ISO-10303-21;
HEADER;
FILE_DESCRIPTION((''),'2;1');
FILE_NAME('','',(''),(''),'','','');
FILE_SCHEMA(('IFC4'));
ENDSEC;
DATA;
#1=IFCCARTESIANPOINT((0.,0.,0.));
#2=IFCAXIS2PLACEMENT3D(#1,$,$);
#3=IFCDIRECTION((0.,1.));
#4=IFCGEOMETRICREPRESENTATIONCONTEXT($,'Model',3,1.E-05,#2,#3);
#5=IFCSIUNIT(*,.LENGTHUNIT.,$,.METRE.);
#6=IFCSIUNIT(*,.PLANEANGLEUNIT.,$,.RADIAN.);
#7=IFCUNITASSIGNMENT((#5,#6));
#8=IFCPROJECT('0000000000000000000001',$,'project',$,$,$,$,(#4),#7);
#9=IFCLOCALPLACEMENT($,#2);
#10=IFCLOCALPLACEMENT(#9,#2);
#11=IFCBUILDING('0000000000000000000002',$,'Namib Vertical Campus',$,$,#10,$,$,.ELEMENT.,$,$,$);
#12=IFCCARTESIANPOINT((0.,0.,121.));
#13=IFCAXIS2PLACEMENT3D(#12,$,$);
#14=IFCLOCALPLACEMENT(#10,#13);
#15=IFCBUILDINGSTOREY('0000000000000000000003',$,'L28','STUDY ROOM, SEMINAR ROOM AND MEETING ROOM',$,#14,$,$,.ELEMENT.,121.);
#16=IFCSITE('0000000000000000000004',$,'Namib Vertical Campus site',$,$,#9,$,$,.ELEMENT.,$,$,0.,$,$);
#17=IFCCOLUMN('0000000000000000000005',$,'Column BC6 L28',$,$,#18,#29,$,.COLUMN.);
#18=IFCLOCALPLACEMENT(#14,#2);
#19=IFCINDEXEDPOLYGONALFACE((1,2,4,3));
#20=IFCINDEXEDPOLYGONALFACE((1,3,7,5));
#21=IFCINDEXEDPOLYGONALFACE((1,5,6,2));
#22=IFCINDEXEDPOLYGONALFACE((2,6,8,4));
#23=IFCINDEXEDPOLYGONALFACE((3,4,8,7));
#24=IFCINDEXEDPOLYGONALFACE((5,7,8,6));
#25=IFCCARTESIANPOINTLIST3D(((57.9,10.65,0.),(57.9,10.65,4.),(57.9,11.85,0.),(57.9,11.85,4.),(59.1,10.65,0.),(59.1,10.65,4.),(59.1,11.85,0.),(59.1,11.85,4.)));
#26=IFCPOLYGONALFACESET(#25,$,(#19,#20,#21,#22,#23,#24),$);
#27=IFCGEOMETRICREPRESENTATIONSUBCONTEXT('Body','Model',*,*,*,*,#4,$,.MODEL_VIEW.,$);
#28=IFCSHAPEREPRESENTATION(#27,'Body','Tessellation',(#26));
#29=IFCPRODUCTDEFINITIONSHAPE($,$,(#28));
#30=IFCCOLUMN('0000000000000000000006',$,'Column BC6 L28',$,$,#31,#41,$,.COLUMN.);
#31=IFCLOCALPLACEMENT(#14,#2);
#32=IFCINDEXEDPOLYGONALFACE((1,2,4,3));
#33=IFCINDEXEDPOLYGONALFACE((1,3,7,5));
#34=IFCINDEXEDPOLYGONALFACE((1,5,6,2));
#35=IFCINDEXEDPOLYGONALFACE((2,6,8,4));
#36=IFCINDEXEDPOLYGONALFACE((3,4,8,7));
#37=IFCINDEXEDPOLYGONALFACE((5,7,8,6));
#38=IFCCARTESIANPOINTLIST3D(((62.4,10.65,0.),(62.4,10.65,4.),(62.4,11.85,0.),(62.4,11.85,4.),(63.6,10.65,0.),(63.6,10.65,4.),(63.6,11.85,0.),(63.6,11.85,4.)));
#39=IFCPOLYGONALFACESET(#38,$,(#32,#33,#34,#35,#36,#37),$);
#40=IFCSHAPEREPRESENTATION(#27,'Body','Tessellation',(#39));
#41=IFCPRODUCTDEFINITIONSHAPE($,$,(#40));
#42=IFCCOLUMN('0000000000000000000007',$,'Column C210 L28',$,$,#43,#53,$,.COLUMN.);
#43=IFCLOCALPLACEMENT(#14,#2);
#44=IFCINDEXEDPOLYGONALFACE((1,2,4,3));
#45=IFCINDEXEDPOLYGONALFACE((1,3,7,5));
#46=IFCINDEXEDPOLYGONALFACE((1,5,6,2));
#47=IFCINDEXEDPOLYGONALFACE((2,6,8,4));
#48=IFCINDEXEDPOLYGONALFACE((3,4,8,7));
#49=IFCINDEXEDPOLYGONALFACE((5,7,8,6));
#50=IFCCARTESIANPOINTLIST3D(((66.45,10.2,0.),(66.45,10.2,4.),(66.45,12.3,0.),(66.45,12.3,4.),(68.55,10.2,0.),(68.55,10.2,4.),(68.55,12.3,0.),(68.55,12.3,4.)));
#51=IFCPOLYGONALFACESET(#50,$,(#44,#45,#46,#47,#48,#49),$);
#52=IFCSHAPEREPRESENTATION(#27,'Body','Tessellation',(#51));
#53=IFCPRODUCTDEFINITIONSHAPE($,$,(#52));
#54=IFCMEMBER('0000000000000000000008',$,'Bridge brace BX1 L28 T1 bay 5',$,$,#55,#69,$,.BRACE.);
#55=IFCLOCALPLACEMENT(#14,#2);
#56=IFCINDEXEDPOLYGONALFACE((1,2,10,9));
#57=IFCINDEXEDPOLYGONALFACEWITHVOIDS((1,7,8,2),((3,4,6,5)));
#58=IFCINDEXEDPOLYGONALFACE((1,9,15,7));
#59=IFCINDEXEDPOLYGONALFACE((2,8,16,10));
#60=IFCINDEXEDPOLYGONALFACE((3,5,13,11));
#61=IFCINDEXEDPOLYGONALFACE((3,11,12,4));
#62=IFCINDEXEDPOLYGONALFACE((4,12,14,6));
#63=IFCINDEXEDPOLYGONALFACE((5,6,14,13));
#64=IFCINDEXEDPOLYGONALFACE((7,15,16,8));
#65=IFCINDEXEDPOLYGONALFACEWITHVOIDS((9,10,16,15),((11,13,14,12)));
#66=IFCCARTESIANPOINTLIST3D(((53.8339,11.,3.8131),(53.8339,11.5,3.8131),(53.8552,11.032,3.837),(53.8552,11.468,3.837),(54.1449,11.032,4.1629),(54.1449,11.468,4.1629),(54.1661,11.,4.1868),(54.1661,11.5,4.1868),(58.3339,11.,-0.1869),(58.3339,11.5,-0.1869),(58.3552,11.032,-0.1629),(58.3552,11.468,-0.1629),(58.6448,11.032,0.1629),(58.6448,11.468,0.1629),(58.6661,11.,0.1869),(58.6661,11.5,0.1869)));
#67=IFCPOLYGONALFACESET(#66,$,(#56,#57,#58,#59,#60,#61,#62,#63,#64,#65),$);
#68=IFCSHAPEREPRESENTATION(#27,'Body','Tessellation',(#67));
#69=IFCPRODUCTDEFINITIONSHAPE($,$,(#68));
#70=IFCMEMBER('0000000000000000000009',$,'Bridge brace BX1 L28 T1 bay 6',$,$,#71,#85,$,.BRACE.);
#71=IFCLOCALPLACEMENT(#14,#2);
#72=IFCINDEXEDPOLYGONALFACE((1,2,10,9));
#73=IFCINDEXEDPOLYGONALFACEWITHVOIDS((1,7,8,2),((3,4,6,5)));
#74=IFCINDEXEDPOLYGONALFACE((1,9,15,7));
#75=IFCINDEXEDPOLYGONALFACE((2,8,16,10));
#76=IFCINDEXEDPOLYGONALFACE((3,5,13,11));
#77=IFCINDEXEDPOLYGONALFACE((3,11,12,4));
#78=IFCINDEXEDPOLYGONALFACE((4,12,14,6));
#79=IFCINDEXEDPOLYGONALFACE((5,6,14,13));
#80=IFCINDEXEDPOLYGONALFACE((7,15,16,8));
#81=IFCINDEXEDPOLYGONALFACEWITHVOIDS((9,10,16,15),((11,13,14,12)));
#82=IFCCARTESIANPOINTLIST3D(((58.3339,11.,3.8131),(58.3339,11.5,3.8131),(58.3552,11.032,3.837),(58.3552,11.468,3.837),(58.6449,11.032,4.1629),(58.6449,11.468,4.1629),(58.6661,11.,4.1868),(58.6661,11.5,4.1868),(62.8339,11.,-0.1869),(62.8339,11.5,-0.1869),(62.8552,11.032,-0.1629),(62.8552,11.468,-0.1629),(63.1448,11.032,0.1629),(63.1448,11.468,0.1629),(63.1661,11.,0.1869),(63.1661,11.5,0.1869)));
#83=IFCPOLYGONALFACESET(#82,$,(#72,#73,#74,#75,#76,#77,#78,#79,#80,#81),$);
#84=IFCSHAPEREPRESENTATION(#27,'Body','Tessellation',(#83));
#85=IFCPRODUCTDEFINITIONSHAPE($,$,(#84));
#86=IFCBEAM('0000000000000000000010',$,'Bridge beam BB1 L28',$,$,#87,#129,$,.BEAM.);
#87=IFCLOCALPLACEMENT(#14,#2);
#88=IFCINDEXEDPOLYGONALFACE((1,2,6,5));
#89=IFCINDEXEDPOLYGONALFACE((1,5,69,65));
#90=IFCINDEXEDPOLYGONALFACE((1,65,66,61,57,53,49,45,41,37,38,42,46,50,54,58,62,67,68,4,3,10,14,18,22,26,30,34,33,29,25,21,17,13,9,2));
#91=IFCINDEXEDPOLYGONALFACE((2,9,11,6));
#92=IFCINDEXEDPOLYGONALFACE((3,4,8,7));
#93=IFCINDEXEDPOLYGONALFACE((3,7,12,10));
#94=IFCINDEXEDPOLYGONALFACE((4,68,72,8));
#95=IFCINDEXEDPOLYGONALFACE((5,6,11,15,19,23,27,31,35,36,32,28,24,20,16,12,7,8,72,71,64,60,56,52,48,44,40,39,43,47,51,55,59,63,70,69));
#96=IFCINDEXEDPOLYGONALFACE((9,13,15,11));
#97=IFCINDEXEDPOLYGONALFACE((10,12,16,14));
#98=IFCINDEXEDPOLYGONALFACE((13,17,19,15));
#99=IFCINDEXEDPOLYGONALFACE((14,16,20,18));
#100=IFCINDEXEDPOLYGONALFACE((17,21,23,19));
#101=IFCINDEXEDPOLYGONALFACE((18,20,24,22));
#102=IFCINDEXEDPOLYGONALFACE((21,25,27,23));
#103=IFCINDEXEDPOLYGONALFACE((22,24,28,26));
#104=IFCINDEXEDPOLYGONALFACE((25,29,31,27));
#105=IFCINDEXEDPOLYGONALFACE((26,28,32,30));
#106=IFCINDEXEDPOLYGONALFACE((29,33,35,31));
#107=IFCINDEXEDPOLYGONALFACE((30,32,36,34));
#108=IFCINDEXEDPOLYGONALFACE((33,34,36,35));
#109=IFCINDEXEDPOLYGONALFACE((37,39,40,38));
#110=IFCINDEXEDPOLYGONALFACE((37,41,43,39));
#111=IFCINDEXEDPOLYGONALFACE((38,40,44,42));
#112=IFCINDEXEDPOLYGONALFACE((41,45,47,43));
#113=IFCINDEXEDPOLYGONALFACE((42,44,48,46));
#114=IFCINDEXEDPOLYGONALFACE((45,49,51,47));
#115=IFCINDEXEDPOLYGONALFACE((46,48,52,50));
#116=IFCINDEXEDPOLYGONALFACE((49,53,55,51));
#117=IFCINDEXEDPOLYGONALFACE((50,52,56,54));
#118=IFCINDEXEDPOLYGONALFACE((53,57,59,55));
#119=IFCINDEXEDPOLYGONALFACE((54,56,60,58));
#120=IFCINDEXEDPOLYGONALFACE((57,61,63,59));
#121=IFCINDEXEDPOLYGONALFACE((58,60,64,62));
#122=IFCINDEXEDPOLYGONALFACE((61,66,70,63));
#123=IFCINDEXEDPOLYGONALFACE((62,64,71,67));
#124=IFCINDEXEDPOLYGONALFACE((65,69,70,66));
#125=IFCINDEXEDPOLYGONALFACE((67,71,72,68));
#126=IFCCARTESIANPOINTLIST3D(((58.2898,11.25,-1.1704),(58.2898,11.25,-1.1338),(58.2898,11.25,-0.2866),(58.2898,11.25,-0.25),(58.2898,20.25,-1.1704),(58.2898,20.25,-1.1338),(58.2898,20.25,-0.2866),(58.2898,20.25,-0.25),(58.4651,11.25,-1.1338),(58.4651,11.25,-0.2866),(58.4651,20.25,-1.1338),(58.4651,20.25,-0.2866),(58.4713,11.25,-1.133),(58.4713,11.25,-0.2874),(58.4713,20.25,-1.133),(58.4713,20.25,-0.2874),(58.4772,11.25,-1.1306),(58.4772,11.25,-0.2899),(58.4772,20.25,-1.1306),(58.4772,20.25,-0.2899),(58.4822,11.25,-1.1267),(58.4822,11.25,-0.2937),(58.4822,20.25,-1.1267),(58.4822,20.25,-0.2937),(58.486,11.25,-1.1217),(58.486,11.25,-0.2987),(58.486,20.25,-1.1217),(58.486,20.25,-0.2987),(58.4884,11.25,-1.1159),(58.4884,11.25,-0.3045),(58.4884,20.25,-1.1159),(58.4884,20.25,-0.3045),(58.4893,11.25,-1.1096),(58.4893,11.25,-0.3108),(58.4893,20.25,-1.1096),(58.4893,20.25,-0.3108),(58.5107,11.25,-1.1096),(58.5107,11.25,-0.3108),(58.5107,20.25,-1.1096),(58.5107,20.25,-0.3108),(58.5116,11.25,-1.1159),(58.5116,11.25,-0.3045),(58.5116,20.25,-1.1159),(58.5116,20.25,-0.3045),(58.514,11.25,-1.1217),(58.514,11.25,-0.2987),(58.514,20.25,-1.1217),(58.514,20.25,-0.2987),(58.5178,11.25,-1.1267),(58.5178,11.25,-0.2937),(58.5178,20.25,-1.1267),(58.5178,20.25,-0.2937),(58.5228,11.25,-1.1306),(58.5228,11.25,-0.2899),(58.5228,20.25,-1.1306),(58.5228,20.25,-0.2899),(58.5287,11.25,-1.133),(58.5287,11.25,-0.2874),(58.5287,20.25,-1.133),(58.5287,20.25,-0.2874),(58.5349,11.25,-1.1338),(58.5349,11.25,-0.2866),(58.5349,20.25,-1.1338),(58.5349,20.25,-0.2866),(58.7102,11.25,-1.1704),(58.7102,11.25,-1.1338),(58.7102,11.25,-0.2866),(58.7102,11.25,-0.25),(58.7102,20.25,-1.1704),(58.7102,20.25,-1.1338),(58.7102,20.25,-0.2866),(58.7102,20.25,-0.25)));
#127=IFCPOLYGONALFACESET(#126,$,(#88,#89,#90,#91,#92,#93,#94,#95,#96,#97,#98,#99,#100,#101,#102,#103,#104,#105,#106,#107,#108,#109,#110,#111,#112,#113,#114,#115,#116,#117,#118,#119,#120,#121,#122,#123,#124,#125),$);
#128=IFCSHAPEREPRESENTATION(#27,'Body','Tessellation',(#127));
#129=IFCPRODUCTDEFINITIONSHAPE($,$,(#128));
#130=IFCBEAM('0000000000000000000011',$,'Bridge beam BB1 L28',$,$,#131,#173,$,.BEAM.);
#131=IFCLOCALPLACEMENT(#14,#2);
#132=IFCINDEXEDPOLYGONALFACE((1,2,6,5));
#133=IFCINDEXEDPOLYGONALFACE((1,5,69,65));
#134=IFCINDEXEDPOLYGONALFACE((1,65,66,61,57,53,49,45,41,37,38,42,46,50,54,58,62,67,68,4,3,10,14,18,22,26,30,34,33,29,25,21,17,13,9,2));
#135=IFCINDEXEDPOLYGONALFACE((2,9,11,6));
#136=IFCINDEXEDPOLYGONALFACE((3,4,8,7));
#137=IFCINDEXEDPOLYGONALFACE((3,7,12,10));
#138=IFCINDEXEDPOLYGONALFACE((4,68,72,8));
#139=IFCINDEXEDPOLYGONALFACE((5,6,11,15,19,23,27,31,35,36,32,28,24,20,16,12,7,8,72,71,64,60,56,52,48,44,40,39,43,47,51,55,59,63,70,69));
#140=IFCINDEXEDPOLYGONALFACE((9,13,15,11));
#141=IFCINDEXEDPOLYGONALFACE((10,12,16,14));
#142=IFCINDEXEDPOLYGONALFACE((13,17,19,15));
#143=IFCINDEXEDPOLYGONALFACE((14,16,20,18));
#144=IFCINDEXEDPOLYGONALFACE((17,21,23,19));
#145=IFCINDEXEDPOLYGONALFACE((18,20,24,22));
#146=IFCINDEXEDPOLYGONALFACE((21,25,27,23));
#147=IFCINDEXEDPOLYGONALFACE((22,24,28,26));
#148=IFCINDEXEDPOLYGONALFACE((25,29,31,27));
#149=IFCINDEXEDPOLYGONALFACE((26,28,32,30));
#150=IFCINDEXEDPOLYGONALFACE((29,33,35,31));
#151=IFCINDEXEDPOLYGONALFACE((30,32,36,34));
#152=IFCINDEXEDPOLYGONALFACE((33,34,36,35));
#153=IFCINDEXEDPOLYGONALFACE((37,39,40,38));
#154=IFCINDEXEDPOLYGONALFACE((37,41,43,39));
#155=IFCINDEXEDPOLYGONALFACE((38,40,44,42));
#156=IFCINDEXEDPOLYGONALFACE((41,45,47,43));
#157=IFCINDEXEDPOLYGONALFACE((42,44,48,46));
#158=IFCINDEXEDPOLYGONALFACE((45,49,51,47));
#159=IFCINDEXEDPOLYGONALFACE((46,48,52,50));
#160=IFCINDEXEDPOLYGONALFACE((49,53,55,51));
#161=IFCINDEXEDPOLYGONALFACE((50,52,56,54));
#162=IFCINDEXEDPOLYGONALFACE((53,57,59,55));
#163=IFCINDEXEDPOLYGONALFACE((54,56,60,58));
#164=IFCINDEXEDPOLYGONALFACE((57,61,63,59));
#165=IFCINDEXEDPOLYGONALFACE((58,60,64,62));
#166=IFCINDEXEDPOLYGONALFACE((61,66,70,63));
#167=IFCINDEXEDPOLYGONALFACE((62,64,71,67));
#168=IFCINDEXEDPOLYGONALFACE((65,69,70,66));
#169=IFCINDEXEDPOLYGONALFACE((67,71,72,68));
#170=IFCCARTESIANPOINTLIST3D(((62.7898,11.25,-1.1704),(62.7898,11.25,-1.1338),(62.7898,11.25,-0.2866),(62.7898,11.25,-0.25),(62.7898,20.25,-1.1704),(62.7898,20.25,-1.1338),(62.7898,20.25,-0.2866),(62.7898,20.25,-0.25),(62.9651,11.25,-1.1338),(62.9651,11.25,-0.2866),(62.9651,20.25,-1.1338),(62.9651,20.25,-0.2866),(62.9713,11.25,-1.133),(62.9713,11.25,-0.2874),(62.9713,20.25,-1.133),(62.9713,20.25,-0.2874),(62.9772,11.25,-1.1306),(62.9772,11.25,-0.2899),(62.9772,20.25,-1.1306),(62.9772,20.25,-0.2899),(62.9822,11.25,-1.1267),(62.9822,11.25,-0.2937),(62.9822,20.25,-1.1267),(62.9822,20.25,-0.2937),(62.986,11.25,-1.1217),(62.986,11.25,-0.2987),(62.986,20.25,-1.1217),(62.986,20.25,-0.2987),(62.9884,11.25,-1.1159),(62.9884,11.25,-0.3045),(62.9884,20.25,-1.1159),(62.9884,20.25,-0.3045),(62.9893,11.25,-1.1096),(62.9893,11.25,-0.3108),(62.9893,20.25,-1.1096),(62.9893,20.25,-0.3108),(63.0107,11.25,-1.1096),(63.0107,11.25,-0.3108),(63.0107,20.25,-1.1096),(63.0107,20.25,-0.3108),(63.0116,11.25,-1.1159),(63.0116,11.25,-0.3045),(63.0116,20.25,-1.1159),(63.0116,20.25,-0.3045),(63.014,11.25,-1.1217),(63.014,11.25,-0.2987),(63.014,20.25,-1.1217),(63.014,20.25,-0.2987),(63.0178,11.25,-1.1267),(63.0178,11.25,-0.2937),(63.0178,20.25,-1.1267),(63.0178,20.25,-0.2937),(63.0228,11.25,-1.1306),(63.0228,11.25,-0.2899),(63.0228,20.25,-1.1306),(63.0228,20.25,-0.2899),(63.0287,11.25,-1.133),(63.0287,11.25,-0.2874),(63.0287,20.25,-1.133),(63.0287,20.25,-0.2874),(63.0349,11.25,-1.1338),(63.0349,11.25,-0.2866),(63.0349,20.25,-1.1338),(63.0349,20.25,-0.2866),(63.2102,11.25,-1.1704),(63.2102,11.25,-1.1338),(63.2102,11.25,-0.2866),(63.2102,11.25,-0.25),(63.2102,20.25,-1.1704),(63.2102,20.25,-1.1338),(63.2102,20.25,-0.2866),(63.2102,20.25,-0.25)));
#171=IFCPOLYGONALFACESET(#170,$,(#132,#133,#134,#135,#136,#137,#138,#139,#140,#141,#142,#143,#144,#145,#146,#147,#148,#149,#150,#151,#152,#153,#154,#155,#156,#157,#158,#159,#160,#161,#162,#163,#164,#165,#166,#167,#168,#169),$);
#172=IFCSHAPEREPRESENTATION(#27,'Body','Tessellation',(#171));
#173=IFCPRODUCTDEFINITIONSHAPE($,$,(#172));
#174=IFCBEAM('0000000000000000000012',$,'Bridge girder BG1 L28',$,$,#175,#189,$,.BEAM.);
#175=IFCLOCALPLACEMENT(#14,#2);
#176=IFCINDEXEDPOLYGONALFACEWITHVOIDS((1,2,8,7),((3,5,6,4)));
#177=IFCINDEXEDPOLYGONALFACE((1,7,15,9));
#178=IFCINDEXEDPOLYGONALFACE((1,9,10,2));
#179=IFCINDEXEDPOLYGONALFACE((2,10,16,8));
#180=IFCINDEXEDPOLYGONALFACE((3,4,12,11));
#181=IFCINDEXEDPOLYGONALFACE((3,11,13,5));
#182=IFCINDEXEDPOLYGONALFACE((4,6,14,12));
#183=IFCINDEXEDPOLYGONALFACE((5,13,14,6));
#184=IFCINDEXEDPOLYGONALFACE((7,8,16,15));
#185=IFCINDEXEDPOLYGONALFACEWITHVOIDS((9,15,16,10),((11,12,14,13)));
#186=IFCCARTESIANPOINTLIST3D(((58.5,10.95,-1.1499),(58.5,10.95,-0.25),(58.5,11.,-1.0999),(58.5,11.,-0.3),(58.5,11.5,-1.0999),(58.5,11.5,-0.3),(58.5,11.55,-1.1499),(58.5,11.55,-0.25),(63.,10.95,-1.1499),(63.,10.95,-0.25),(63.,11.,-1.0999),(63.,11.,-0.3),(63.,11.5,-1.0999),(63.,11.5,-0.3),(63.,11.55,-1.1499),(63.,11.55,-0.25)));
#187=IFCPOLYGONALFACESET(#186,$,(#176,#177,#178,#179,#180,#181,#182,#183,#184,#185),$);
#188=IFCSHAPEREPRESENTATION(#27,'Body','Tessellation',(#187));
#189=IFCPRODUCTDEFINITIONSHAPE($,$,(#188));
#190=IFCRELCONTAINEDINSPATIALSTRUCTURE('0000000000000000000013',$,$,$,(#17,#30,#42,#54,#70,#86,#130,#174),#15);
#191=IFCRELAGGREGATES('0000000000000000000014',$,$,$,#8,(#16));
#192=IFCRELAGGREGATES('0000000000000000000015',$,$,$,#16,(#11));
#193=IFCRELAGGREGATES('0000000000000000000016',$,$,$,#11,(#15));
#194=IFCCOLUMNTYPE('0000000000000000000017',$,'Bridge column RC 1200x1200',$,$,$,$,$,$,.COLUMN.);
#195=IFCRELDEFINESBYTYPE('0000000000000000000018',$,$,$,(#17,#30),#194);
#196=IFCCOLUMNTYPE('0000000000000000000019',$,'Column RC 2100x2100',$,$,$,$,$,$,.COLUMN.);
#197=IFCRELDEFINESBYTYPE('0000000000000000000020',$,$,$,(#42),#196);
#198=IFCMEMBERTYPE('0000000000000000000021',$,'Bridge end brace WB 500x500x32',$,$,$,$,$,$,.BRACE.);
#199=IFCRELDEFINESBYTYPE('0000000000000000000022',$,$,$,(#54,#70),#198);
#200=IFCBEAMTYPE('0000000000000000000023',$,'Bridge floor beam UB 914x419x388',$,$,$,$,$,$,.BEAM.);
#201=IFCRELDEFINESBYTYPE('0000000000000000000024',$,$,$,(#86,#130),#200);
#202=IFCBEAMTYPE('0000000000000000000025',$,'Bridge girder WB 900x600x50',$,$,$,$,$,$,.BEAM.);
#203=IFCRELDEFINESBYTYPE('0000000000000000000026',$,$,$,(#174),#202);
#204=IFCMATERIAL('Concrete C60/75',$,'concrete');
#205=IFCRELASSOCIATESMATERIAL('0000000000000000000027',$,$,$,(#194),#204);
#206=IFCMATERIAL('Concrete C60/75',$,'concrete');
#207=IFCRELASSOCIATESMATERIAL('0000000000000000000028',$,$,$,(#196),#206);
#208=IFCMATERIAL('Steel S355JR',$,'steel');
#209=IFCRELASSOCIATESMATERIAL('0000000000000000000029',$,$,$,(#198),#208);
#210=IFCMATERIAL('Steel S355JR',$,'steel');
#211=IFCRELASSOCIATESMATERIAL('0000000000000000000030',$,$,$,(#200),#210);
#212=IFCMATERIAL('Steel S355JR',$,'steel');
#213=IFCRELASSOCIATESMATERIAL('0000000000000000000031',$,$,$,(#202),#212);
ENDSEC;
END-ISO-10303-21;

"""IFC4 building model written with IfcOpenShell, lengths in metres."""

from ifc_helpers import new_model, si_unit, direction, frame, origin, origin_2d, place, context, subcontext, project, spatial, rectangle, hollow_rectangle, i_section, extrude, material, material_profile, profile_set, type_object, element, save


model = new_model("IFC4")

# Units and contexts
model_context = context("Model", 3, precision=1e-05, world=origin(), true_north=direction((0.0, 1.0)))
body_context = subcontext(model_context, "Body", "Model", "MODEL_VIEW")
ifc_project = project(units=[si_unit("LENGTHUNIT", "METRE"), si_unit("PLANEANGLEUNIT", "RADIAN")], contexts=[model_context])

# Site, building, storey
site_placement = place(None, origin())
site = spatial("IfcSite", under=ifc_project, at=site_placement, Name="Namib Vertical Campus site", CompositionType="ELEMENT", RefElevation=0.0)
building_placement = place(site_placement, origin())
building = spatial("IfcBuilding", under=site, at=building_placement, Name="Namib Vertical Campus", CompositionType="ELEMENT")
storey_placement = place(building_placement, frame((0.0, 0.0, 121.0)))
storey = spatial("IfcBuildingStorey", under=building, at=storey_placement, Name="L28", Description="STUDY ROOM, SEMINAR ROOM AND MEETING ROOM", CompositionType="ELEMENT", Elevation=121.0)

# Columns
ifc_material_1 = material(Name="Concrete C60/75", Category="concrete")
ifc_material_profile_1 = material_profile(ifc_material_1, rectangle(XDim=1.2, YDim=1.2, at=origin_2d()))
ifc_profile_set_1 = profile_set([ifc_material_profile_1], Name="Concrete C60/75")
column_type_1 = type_object("IfcColumnType", Name="Bridge column RC 1200x1200", PredefinedType="COLUMN", material=ifc_profile_set_1)
for number, where, z_axis, x_axis, name in (
    (1, (58.5, 11.25, 0.0), (0.0, 0.0, 1.0), (1.0, 0.0, 0.0), "Column BC6 L28"),
    (2, (63.0, 11.25, 0.0), (0.0, 0.0, 1.0), (1.0, 0.0, 0.0), "Column BC6 L28"),
):
    element("IfcColumn", number, at=place(storey_placement, frame(where, z_axis=z_axis, x_axis=x_axis)), inside=storey, type_object=column_type_1, Name=name, PredefinedType="COLUMN", context=body_context, shape_type="SweptSolid", body=[
        extrude(rectangle(XDim=1.2, YDim=1.2, at=origin_2d()), origin(), (0.0, 0.0, 1.0), 4.0),
    ])
ifc_material_2 = material(Name="Concrete C60/75", Category="concrete")
ifc_material_profile_2 = material_profile(ifc_material_2, rectangle(XDim=2.1001, YDim=2.1001, at=origin_2d()))
ifc_profile_set_2 = profile_set([ifc_material_profile_2], Name="Concrete C60/75")
column_type_2 = type_object("IfcColumnType", Name="Column RC 2100x2100", PredefinedType="COLUMN", material=ifc_profile_set_2)
column_placement = place(storey_placement, frame((67.5, 11.25, 0.0), z_axis=(0.0, 0.0, 1.0), x_axis=(1.0, 0.0, 0.0)))
element("IfcColumn", 3, at=column_placement, inside=storey, type_object=column_type_2, Name="Column C210 L28", PredefinedType="COLUMN", context=body_context, shape_type="SweptSolid", body=[
    extrude(rectangle(XDim=2.1001, YDim=2.1001, at=origin_2d()), origin(), (0.0, 0.0, 1.0), 4.0),
])

# Members
ifc_material_3 = material(Name="Steel S355JR", Category="steel")
ifc_material_profile_3 = material_profile(ifc_material_3, hollow_rectangle(XDim=0.5, YDim=0.5, WallThickness=0.032, at=origin_2d()))
ifc_profile_set_3 = profile_set([ifc_material_profile_3], Name="Steel S355JR")
member_type_1 = type_object("IfcMemberType", Name="Bridge end brace WB 500x500x32", PredefinedType="BRACE", material=ifc_profile_set_3)
for number, where, z_axis, x_axis, name in (
    (4, (58.5, 11.25, 0.0), (-0.747409, 0.0, 0.664364), (0.0, -1.0, 0.0), "Bridge brace BX1 L28 T1 bay 5"),
    (5, (63.0, 11.25, 0.0), (-0.747409, 0.0, 0.664364), (0.0, -1.0, 0.0), "Bridge brace BX1 L28 T1 bay 6"),
):
    element("IfcMember", number, at=place(storey_placement, frame(where, z_axis=z_axis, x_axis=x_axis)), inside=storey, type_object=member_type_1, Name=name, PredefinedType="BRACE", context=body_context, shape_type="SweptSolid", body=[
        extrude(hollow_rectangle(XDim=0.5, YDim=0.5, WallThickness=0.032, at=origin_2d()), origin(), (0.0, 0.0, 1.0), 6.0208),
    ])

# Beams
ifc_material_4 = material(Name="Steel S355JR", Category="steel")
ifc_material_profile_4 = material_profile(ifc_material_4, i_section(OverallWidth=0.4204, OverallDepth=0.9204, WebThickness=0.0215, FlangeThickness=0.0366, FilletRadius=0.0242, at=origin_2d()))
ifc_profile_set_4 = profile_set([ifc_material_profile_4], Name="Steel S355JR")
beam_type_1 = type_object("IfcBeamType", Name="Bridge floor beam UB 914x419x388", PredefinedType="BEAM", material=ifc_profile_set_4)
for number, where, z_axis, x_axis, name in (
    (6, (58.5, 11.25, -0.7102), (0.0, 1.0, 0.0), (-1.0, 0.0, 0.0), "Bridge beam BB1 L28"),
    (7, (63.0, 11.25, -0.7102), (0.0, 1.0, 0.0), (-1.0, 0.0, 0.0), "Bridge beam BB1 L28"),
):
    element("IfcBeam", number, at=place(storey_placement, frame(where, z_axis=z_axis, x_axis=x_axis)), inside=storey, type_object=beam_type_1, Name=name, PredefinedType="BEAM", context=body_context, shape_type="SweptSolid", body=[
        extrude(i_section(OverallWidth=0.4204, OverallDepth=0.9204, WebThickness=0.0215, FlangeThickness=0.0366, FilletRadius=0.0242, at=origin_2d()), origin(), (0.0, 0.0, 1.0), 9.0),
    ])
ifc_material_5 = material(Name="Steel S355JR", Category="steel")
ifc_material_profile_5 = material_profile(ifc_material_5, hollow_rectangle(XDim=0.6001, YDim=0.8999, WallThickness=0.05, at=origin_2d()))
ifc_profile_set_5 = profile_set([ifc_material_profile_5], Name="Steel S355JR")
beam_type_2 = type_object("IfcBeamType", Name="Bridge girder WB 900x600x50", PredefinedType="BEAM", material=ifc_profile_set_5)
for number, where, z_axis, x_axis, name in (
    (8, (58.5, 11.25, -0.7), (1.0, 0.0, 0.0), (0.0, 1.0, 0.0), "Bridge girder BG1 L28"),
):
    element("IfcBeam", number, at=place(storey_placement, frame(where, z_axis=z_axis, x_axis=x_axis)), inside=storey, type_object=beam_type_2, Name=name, PredefinedType="BEAM", context=body_context, shape_type="SweptSolid", body=[
        extrude(hollow_rectangle(XDim=0.6001, YDim=0.8999, WallThickness=0.05, at=origin_2d()), origin(), (0.0, 0.0, 1.0), 4.5),
    ])

save(model, "model.ifc")
